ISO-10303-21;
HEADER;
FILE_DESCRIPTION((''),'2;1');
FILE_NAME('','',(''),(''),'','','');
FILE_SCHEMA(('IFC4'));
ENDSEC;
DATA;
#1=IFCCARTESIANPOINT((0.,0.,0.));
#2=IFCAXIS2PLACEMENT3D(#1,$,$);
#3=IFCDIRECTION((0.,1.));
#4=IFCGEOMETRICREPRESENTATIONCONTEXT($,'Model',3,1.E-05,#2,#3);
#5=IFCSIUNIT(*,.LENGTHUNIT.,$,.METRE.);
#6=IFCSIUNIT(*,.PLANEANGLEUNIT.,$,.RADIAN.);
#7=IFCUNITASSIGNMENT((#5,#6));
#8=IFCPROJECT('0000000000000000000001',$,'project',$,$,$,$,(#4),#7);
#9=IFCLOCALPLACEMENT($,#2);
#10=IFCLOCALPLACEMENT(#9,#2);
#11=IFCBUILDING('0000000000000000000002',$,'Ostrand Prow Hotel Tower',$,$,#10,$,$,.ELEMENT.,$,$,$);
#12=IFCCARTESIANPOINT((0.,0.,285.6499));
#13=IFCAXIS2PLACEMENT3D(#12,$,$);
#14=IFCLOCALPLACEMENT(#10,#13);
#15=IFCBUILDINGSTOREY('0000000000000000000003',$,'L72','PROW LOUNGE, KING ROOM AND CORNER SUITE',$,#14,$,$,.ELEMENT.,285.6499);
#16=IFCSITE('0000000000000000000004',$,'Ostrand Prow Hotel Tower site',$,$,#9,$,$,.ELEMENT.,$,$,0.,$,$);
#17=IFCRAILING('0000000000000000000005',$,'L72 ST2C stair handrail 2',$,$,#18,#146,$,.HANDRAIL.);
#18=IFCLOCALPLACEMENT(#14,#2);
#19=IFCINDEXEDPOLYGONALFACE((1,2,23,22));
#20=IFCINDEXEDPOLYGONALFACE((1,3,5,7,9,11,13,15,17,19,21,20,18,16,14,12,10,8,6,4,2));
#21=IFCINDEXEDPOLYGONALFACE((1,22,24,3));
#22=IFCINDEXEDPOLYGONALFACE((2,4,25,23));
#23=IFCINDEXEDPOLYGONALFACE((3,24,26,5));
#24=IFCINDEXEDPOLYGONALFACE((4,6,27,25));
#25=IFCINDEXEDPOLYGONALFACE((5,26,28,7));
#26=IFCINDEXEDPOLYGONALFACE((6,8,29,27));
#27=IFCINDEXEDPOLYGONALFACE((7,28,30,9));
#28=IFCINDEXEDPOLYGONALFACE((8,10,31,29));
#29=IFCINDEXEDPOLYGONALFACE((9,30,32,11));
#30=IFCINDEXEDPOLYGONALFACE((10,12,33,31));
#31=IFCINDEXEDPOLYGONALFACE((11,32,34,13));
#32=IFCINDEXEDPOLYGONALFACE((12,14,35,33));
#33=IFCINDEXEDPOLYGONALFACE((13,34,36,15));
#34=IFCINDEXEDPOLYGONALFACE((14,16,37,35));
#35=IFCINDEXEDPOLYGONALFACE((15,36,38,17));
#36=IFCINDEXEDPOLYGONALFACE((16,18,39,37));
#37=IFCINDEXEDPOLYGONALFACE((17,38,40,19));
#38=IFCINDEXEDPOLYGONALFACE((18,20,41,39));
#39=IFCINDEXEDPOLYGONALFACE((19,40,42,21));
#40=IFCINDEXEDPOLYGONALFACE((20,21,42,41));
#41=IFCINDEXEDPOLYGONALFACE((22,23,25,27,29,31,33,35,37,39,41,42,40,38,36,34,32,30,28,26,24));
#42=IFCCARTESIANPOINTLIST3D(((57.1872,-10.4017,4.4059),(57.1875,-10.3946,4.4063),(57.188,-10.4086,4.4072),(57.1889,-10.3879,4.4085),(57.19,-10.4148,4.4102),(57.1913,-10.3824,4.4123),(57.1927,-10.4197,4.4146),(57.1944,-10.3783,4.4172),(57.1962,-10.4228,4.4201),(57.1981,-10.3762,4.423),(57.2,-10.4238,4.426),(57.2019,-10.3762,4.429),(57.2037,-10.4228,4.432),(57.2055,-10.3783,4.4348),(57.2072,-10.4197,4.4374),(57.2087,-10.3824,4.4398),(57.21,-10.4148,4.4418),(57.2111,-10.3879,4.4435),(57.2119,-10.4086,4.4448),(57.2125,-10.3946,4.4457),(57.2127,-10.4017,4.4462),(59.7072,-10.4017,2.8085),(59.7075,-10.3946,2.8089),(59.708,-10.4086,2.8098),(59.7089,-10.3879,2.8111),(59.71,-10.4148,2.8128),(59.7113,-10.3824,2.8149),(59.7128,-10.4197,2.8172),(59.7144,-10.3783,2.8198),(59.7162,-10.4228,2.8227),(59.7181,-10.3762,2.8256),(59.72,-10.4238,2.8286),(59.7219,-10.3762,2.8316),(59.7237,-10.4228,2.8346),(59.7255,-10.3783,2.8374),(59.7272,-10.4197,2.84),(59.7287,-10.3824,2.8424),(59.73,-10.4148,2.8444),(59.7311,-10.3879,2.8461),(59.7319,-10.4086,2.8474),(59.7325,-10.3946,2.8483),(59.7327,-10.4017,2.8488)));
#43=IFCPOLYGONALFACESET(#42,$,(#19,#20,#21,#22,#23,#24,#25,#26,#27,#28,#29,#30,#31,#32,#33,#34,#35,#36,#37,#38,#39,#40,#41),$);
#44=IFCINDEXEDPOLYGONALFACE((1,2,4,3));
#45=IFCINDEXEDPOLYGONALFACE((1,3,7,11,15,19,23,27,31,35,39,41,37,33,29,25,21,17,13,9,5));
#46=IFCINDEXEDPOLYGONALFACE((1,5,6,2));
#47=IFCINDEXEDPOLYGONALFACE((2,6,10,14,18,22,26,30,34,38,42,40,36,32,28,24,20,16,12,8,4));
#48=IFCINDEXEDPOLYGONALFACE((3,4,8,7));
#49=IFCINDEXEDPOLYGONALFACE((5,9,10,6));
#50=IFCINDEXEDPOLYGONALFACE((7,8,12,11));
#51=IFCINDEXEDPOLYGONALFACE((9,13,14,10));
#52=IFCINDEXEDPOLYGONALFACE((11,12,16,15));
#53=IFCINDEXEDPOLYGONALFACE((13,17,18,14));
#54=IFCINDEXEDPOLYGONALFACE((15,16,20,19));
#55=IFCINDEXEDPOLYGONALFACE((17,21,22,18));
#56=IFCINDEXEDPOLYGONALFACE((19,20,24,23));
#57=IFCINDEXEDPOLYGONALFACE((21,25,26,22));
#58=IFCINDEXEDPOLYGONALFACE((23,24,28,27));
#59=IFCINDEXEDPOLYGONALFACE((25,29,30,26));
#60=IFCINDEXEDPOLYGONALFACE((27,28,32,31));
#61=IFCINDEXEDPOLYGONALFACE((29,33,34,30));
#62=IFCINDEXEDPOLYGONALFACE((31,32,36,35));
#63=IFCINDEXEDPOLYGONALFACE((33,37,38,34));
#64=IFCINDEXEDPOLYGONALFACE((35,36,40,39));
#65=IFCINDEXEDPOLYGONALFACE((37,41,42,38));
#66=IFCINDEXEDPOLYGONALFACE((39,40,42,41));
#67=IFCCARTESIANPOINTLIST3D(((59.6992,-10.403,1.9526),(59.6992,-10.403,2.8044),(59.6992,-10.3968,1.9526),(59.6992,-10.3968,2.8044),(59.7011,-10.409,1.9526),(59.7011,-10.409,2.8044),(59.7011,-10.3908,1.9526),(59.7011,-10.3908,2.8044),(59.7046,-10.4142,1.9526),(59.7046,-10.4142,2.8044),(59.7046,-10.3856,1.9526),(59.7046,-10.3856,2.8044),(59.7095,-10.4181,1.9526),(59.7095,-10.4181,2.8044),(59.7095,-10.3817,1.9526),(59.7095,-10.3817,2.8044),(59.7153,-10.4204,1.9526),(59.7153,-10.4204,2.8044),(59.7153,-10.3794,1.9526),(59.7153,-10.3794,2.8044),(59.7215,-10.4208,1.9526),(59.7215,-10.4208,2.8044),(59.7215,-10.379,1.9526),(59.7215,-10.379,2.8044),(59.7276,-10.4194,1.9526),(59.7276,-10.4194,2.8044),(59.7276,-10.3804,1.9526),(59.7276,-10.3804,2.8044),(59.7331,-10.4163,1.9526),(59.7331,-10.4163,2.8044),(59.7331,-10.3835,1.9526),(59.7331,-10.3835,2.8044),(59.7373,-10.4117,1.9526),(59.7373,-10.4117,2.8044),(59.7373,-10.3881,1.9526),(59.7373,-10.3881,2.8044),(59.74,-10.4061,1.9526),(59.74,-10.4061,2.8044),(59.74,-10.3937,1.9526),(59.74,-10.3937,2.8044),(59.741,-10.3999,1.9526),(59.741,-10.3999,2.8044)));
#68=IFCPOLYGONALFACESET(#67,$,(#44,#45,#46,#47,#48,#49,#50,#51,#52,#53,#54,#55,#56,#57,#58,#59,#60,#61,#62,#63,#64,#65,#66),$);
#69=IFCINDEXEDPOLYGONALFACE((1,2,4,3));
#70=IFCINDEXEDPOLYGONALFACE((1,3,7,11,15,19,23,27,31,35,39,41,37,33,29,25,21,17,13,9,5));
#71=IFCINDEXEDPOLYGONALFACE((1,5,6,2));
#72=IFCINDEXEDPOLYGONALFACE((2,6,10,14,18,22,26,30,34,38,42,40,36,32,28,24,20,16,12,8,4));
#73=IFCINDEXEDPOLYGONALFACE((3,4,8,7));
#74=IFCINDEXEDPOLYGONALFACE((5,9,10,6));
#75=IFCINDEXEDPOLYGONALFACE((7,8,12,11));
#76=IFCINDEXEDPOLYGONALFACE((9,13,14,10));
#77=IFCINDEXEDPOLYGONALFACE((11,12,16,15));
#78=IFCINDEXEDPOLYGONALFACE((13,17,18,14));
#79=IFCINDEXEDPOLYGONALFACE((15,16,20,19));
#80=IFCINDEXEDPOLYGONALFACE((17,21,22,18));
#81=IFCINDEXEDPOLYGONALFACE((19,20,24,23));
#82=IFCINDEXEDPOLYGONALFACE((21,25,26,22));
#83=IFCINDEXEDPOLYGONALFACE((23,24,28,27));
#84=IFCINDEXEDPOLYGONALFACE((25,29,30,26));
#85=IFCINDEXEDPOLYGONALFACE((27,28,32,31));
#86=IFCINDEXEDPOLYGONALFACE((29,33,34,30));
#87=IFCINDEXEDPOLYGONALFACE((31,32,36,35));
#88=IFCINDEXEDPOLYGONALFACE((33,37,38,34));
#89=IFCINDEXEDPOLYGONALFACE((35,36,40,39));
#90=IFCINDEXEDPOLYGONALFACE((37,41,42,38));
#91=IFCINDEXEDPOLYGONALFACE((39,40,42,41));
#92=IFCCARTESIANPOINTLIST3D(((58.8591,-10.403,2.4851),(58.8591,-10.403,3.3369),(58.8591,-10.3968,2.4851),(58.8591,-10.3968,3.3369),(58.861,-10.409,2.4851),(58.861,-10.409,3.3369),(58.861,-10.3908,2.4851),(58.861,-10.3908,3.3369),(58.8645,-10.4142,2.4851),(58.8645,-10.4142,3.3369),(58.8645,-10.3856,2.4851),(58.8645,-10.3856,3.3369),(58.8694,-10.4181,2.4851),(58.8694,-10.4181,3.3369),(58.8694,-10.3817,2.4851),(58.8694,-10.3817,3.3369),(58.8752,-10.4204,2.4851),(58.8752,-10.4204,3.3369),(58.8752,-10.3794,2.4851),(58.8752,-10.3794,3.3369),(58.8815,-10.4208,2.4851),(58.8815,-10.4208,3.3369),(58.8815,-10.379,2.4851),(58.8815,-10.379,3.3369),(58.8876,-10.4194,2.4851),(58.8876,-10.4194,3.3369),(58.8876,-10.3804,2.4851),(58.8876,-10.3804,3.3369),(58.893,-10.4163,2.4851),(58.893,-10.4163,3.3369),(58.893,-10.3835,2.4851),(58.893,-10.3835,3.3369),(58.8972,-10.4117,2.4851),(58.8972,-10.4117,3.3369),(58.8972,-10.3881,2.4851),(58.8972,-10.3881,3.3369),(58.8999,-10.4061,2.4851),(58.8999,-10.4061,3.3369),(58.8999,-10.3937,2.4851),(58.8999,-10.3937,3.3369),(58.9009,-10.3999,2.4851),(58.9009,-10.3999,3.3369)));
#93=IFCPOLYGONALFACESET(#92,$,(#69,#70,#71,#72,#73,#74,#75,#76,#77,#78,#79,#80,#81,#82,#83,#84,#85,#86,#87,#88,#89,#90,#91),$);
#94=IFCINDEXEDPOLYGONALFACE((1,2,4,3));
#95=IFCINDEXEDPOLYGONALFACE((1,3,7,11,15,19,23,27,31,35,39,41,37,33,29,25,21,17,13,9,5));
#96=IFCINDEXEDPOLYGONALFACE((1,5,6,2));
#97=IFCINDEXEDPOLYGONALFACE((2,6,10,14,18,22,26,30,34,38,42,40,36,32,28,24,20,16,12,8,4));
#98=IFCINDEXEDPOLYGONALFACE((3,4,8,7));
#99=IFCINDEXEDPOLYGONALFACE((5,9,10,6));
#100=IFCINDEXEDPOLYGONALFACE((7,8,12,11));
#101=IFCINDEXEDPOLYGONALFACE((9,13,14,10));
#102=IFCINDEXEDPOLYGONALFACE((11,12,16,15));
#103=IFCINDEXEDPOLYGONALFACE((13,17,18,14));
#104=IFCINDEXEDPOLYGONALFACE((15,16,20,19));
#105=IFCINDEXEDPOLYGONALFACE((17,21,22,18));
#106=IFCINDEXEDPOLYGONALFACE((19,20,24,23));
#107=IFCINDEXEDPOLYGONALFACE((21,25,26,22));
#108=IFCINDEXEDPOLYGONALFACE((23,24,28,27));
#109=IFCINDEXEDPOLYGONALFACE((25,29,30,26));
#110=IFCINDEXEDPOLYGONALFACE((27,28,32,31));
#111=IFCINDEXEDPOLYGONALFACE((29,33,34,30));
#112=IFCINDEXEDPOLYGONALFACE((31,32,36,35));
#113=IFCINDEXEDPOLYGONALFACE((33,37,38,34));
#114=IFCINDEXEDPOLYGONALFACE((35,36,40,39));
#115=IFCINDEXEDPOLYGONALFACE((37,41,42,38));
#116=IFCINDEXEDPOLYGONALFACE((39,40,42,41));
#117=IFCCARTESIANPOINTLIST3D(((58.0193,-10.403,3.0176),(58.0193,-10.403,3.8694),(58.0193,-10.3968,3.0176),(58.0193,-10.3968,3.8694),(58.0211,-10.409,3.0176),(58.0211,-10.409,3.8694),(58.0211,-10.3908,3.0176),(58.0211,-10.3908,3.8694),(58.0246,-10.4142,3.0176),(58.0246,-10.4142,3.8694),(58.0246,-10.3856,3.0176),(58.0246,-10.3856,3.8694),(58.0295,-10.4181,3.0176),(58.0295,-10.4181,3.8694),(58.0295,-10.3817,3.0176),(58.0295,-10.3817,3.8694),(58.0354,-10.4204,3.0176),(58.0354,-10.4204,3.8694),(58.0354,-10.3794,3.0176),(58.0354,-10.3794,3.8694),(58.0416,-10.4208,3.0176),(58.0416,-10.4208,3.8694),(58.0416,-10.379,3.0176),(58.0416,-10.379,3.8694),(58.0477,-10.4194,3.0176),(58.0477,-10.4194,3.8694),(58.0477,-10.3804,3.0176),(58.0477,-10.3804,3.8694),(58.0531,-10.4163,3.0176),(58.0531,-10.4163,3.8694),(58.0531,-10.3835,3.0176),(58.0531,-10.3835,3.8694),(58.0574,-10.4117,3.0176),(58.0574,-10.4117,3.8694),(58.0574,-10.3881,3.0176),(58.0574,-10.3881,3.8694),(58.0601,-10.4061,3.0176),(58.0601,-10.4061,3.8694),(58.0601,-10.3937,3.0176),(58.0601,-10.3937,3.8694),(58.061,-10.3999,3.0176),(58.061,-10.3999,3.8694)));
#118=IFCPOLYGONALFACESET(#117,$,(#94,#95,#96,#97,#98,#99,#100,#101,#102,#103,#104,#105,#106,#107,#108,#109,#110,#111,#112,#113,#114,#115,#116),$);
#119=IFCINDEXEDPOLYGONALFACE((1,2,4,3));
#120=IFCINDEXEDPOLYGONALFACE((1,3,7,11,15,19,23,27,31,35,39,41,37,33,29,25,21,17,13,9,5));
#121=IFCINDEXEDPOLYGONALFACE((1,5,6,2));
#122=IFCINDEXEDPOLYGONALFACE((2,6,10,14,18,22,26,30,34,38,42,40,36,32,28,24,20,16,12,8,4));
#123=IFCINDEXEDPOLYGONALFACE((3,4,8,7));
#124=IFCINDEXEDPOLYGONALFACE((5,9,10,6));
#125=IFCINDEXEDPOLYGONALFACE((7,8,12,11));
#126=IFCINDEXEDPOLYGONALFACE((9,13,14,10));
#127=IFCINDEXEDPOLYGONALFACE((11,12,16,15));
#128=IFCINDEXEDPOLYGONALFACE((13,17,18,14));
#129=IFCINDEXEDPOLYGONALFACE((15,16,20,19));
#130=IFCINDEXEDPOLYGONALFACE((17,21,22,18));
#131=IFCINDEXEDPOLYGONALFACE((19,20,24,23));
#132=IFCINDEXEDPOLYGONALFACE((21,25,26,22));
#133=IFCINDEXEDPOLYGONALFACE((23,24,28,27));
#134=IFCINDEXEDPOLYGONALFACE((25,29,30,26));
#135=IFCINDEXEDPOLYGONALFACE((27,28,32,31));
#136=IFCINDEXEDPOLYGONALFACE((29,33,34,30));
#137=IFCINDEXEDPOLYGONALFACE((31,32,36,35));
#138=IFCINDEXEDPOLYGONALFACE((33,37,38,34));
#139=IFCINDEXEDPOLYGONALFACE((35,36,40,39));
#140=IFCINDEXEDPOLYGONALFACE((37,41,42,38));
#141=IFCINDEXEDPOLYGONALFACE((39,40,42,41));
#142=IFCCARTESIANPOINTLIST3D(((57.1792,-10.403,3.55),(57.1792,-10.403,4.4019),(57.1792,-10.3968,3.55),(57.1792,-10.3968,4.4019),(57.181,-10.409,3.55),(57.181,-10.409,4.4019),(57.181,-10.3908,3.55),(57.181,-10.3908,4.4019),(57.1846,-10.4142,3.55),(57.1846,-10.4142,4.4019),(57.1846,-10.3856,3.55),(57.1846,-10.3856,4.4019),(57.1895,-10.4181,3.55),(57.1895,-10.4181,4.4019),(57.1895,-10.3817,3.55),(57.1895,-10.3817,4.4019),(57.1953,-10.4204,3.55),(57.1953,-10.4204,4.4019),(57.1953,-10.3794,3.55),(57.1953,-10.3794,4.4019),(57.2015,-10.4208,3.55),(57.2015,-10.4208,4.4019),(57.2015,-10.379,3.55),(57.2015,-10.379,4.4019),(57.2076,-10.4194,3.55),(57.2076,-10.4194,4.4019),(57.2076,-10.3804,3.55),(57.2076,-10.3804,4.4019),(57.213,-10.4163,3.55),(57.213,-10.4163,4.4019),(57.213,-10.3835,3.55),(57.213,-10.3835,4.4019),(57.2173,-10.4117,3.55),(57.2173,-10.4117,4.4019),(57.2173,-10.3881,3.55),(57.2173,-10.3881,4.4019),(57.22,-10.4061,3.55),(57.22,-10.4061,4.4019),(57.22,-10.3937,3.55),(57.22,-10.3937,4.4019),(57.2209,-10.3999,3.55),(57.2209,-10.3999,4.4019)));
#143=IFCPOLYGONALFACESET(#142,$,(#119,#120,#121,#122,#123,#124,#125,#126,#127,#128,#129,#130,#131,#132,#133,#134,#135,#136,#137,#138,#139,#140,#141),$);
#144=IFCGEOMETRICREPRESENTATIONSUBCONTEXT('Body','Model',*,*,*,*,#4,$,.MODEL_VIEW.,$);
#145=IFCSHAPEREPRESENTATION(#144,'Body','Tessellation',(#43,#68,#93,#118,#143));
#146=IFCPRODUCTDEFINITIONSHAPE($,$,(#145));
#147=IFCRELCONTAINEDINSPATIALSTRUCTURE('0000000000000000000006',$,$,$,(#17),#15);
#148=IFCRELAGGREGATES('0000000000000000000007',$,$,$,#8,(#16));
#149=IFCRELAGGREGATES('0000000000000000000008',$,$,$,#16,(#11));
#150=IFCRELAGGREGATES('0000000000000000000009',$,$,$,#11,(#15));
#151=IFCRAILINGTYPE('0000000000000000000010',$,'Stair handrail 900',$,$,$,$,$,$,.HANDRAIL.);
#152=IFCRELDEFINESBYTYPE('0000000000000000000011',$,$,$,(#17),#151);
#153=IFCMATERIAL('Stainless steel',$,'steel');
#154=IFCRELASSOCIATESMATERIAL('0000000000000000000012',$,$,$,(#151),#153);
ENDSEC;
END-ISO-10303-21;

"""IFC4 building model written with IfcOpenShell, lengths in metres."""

from ifc_helpers import new_model, si_unit, direction, frame, origin, origin_2d, place, context, subcontext, project, spatial, circle, extrude, material, type_object, element, save


model = new_model("IFC4")

# Units and contexts
model_context = context("Model", 3, precision=1e-05, world=origin(), true_north=direction((0.0, 1.0)))
body_context = subcontext(model_context, "Body", "Model", "MODEL_VIEW")
ifc_project = project(units=[si_unit("LENGTHUNIT", "METRE"), si_unit("PLANEANGLEUNIT", "RADIAN")], contexts=[model_context])

# Site, building, storey
site_placement = place(None, origin())
site = spatial("IfcSite", under=ifc_project, at=site_placement, Name="Ostrand Prow Hotel Tower site", CompositionType="ELEMENT", RefElevation=0.0)
building_placement = place(site_placement, origin())
building = spatial("IfcBuilding", under=site, at=building_placement, Name="Ostrand Prow Hotel Tower", CompositionType="ELEMENT")
storey_placement = place(building_placement, frame((0.0, 0.0, 285.6499)))
storey = spatial("IfcBuildingStorey", under=building, at=storey_placement, Name="L72", Description="PROW LOUNGE, KING ROOM AND CORNER SUITE", CompositionType="ELEMENT", Elevation=285.6499)

# Railing
ifc_material_1 = material(Name="Stainless steel", Category="steel")
railing_type_1 = type_object("IfcRailingType", Name="Stair handrail 900", PredefinedType="HANDRAIL", material=ifc_material_1)
railing_1_placement = place(storey_placement, frame((59.72, -10.3999, 1.9526)))
element("IfcRailing", 1, at=railing_1_placement, inside=storey, type_object=railing_type_1, Name="L72 ST2C stair handrail 2", PredefinedType="HANDRAIL", context=body_context, shape_type="SweptSolid", body=[
    extrude(circle(Radius=0.0239, at=origin_2d()), frame((0.0, 0.0, 0.876), z_axis=(-0.844607, 0.0, 0.535387), x_axis=(0.0, -1.0, 0.0)), (0.0, 0.0, 1.0), 2.9836),
    extrude(circle(Radius=0.021, at=origin_2d()), origin(), (0.0, 0.0, 1.0), 0.8518),
    extrude(circle(Radius=0.021, at=origin_2d()), frame((-0.8401, 0.0, 0.5325)), (0.0, 0.0, 1.0), 0.8518),
    extrude(circle(Radius=0.021, at=origin_2d()), frame((-1.6799, 0.0, 1.0649)), (0.0, 0.0, 1.0), 0.8518),
    extrude(circle(Radius=0.021, at=origin_2d()), frame((-2.52, 0.0, 1.5974)), (0.0, 0.0, 1.0), 0.8518),
])

save(model, "model.ifc")
